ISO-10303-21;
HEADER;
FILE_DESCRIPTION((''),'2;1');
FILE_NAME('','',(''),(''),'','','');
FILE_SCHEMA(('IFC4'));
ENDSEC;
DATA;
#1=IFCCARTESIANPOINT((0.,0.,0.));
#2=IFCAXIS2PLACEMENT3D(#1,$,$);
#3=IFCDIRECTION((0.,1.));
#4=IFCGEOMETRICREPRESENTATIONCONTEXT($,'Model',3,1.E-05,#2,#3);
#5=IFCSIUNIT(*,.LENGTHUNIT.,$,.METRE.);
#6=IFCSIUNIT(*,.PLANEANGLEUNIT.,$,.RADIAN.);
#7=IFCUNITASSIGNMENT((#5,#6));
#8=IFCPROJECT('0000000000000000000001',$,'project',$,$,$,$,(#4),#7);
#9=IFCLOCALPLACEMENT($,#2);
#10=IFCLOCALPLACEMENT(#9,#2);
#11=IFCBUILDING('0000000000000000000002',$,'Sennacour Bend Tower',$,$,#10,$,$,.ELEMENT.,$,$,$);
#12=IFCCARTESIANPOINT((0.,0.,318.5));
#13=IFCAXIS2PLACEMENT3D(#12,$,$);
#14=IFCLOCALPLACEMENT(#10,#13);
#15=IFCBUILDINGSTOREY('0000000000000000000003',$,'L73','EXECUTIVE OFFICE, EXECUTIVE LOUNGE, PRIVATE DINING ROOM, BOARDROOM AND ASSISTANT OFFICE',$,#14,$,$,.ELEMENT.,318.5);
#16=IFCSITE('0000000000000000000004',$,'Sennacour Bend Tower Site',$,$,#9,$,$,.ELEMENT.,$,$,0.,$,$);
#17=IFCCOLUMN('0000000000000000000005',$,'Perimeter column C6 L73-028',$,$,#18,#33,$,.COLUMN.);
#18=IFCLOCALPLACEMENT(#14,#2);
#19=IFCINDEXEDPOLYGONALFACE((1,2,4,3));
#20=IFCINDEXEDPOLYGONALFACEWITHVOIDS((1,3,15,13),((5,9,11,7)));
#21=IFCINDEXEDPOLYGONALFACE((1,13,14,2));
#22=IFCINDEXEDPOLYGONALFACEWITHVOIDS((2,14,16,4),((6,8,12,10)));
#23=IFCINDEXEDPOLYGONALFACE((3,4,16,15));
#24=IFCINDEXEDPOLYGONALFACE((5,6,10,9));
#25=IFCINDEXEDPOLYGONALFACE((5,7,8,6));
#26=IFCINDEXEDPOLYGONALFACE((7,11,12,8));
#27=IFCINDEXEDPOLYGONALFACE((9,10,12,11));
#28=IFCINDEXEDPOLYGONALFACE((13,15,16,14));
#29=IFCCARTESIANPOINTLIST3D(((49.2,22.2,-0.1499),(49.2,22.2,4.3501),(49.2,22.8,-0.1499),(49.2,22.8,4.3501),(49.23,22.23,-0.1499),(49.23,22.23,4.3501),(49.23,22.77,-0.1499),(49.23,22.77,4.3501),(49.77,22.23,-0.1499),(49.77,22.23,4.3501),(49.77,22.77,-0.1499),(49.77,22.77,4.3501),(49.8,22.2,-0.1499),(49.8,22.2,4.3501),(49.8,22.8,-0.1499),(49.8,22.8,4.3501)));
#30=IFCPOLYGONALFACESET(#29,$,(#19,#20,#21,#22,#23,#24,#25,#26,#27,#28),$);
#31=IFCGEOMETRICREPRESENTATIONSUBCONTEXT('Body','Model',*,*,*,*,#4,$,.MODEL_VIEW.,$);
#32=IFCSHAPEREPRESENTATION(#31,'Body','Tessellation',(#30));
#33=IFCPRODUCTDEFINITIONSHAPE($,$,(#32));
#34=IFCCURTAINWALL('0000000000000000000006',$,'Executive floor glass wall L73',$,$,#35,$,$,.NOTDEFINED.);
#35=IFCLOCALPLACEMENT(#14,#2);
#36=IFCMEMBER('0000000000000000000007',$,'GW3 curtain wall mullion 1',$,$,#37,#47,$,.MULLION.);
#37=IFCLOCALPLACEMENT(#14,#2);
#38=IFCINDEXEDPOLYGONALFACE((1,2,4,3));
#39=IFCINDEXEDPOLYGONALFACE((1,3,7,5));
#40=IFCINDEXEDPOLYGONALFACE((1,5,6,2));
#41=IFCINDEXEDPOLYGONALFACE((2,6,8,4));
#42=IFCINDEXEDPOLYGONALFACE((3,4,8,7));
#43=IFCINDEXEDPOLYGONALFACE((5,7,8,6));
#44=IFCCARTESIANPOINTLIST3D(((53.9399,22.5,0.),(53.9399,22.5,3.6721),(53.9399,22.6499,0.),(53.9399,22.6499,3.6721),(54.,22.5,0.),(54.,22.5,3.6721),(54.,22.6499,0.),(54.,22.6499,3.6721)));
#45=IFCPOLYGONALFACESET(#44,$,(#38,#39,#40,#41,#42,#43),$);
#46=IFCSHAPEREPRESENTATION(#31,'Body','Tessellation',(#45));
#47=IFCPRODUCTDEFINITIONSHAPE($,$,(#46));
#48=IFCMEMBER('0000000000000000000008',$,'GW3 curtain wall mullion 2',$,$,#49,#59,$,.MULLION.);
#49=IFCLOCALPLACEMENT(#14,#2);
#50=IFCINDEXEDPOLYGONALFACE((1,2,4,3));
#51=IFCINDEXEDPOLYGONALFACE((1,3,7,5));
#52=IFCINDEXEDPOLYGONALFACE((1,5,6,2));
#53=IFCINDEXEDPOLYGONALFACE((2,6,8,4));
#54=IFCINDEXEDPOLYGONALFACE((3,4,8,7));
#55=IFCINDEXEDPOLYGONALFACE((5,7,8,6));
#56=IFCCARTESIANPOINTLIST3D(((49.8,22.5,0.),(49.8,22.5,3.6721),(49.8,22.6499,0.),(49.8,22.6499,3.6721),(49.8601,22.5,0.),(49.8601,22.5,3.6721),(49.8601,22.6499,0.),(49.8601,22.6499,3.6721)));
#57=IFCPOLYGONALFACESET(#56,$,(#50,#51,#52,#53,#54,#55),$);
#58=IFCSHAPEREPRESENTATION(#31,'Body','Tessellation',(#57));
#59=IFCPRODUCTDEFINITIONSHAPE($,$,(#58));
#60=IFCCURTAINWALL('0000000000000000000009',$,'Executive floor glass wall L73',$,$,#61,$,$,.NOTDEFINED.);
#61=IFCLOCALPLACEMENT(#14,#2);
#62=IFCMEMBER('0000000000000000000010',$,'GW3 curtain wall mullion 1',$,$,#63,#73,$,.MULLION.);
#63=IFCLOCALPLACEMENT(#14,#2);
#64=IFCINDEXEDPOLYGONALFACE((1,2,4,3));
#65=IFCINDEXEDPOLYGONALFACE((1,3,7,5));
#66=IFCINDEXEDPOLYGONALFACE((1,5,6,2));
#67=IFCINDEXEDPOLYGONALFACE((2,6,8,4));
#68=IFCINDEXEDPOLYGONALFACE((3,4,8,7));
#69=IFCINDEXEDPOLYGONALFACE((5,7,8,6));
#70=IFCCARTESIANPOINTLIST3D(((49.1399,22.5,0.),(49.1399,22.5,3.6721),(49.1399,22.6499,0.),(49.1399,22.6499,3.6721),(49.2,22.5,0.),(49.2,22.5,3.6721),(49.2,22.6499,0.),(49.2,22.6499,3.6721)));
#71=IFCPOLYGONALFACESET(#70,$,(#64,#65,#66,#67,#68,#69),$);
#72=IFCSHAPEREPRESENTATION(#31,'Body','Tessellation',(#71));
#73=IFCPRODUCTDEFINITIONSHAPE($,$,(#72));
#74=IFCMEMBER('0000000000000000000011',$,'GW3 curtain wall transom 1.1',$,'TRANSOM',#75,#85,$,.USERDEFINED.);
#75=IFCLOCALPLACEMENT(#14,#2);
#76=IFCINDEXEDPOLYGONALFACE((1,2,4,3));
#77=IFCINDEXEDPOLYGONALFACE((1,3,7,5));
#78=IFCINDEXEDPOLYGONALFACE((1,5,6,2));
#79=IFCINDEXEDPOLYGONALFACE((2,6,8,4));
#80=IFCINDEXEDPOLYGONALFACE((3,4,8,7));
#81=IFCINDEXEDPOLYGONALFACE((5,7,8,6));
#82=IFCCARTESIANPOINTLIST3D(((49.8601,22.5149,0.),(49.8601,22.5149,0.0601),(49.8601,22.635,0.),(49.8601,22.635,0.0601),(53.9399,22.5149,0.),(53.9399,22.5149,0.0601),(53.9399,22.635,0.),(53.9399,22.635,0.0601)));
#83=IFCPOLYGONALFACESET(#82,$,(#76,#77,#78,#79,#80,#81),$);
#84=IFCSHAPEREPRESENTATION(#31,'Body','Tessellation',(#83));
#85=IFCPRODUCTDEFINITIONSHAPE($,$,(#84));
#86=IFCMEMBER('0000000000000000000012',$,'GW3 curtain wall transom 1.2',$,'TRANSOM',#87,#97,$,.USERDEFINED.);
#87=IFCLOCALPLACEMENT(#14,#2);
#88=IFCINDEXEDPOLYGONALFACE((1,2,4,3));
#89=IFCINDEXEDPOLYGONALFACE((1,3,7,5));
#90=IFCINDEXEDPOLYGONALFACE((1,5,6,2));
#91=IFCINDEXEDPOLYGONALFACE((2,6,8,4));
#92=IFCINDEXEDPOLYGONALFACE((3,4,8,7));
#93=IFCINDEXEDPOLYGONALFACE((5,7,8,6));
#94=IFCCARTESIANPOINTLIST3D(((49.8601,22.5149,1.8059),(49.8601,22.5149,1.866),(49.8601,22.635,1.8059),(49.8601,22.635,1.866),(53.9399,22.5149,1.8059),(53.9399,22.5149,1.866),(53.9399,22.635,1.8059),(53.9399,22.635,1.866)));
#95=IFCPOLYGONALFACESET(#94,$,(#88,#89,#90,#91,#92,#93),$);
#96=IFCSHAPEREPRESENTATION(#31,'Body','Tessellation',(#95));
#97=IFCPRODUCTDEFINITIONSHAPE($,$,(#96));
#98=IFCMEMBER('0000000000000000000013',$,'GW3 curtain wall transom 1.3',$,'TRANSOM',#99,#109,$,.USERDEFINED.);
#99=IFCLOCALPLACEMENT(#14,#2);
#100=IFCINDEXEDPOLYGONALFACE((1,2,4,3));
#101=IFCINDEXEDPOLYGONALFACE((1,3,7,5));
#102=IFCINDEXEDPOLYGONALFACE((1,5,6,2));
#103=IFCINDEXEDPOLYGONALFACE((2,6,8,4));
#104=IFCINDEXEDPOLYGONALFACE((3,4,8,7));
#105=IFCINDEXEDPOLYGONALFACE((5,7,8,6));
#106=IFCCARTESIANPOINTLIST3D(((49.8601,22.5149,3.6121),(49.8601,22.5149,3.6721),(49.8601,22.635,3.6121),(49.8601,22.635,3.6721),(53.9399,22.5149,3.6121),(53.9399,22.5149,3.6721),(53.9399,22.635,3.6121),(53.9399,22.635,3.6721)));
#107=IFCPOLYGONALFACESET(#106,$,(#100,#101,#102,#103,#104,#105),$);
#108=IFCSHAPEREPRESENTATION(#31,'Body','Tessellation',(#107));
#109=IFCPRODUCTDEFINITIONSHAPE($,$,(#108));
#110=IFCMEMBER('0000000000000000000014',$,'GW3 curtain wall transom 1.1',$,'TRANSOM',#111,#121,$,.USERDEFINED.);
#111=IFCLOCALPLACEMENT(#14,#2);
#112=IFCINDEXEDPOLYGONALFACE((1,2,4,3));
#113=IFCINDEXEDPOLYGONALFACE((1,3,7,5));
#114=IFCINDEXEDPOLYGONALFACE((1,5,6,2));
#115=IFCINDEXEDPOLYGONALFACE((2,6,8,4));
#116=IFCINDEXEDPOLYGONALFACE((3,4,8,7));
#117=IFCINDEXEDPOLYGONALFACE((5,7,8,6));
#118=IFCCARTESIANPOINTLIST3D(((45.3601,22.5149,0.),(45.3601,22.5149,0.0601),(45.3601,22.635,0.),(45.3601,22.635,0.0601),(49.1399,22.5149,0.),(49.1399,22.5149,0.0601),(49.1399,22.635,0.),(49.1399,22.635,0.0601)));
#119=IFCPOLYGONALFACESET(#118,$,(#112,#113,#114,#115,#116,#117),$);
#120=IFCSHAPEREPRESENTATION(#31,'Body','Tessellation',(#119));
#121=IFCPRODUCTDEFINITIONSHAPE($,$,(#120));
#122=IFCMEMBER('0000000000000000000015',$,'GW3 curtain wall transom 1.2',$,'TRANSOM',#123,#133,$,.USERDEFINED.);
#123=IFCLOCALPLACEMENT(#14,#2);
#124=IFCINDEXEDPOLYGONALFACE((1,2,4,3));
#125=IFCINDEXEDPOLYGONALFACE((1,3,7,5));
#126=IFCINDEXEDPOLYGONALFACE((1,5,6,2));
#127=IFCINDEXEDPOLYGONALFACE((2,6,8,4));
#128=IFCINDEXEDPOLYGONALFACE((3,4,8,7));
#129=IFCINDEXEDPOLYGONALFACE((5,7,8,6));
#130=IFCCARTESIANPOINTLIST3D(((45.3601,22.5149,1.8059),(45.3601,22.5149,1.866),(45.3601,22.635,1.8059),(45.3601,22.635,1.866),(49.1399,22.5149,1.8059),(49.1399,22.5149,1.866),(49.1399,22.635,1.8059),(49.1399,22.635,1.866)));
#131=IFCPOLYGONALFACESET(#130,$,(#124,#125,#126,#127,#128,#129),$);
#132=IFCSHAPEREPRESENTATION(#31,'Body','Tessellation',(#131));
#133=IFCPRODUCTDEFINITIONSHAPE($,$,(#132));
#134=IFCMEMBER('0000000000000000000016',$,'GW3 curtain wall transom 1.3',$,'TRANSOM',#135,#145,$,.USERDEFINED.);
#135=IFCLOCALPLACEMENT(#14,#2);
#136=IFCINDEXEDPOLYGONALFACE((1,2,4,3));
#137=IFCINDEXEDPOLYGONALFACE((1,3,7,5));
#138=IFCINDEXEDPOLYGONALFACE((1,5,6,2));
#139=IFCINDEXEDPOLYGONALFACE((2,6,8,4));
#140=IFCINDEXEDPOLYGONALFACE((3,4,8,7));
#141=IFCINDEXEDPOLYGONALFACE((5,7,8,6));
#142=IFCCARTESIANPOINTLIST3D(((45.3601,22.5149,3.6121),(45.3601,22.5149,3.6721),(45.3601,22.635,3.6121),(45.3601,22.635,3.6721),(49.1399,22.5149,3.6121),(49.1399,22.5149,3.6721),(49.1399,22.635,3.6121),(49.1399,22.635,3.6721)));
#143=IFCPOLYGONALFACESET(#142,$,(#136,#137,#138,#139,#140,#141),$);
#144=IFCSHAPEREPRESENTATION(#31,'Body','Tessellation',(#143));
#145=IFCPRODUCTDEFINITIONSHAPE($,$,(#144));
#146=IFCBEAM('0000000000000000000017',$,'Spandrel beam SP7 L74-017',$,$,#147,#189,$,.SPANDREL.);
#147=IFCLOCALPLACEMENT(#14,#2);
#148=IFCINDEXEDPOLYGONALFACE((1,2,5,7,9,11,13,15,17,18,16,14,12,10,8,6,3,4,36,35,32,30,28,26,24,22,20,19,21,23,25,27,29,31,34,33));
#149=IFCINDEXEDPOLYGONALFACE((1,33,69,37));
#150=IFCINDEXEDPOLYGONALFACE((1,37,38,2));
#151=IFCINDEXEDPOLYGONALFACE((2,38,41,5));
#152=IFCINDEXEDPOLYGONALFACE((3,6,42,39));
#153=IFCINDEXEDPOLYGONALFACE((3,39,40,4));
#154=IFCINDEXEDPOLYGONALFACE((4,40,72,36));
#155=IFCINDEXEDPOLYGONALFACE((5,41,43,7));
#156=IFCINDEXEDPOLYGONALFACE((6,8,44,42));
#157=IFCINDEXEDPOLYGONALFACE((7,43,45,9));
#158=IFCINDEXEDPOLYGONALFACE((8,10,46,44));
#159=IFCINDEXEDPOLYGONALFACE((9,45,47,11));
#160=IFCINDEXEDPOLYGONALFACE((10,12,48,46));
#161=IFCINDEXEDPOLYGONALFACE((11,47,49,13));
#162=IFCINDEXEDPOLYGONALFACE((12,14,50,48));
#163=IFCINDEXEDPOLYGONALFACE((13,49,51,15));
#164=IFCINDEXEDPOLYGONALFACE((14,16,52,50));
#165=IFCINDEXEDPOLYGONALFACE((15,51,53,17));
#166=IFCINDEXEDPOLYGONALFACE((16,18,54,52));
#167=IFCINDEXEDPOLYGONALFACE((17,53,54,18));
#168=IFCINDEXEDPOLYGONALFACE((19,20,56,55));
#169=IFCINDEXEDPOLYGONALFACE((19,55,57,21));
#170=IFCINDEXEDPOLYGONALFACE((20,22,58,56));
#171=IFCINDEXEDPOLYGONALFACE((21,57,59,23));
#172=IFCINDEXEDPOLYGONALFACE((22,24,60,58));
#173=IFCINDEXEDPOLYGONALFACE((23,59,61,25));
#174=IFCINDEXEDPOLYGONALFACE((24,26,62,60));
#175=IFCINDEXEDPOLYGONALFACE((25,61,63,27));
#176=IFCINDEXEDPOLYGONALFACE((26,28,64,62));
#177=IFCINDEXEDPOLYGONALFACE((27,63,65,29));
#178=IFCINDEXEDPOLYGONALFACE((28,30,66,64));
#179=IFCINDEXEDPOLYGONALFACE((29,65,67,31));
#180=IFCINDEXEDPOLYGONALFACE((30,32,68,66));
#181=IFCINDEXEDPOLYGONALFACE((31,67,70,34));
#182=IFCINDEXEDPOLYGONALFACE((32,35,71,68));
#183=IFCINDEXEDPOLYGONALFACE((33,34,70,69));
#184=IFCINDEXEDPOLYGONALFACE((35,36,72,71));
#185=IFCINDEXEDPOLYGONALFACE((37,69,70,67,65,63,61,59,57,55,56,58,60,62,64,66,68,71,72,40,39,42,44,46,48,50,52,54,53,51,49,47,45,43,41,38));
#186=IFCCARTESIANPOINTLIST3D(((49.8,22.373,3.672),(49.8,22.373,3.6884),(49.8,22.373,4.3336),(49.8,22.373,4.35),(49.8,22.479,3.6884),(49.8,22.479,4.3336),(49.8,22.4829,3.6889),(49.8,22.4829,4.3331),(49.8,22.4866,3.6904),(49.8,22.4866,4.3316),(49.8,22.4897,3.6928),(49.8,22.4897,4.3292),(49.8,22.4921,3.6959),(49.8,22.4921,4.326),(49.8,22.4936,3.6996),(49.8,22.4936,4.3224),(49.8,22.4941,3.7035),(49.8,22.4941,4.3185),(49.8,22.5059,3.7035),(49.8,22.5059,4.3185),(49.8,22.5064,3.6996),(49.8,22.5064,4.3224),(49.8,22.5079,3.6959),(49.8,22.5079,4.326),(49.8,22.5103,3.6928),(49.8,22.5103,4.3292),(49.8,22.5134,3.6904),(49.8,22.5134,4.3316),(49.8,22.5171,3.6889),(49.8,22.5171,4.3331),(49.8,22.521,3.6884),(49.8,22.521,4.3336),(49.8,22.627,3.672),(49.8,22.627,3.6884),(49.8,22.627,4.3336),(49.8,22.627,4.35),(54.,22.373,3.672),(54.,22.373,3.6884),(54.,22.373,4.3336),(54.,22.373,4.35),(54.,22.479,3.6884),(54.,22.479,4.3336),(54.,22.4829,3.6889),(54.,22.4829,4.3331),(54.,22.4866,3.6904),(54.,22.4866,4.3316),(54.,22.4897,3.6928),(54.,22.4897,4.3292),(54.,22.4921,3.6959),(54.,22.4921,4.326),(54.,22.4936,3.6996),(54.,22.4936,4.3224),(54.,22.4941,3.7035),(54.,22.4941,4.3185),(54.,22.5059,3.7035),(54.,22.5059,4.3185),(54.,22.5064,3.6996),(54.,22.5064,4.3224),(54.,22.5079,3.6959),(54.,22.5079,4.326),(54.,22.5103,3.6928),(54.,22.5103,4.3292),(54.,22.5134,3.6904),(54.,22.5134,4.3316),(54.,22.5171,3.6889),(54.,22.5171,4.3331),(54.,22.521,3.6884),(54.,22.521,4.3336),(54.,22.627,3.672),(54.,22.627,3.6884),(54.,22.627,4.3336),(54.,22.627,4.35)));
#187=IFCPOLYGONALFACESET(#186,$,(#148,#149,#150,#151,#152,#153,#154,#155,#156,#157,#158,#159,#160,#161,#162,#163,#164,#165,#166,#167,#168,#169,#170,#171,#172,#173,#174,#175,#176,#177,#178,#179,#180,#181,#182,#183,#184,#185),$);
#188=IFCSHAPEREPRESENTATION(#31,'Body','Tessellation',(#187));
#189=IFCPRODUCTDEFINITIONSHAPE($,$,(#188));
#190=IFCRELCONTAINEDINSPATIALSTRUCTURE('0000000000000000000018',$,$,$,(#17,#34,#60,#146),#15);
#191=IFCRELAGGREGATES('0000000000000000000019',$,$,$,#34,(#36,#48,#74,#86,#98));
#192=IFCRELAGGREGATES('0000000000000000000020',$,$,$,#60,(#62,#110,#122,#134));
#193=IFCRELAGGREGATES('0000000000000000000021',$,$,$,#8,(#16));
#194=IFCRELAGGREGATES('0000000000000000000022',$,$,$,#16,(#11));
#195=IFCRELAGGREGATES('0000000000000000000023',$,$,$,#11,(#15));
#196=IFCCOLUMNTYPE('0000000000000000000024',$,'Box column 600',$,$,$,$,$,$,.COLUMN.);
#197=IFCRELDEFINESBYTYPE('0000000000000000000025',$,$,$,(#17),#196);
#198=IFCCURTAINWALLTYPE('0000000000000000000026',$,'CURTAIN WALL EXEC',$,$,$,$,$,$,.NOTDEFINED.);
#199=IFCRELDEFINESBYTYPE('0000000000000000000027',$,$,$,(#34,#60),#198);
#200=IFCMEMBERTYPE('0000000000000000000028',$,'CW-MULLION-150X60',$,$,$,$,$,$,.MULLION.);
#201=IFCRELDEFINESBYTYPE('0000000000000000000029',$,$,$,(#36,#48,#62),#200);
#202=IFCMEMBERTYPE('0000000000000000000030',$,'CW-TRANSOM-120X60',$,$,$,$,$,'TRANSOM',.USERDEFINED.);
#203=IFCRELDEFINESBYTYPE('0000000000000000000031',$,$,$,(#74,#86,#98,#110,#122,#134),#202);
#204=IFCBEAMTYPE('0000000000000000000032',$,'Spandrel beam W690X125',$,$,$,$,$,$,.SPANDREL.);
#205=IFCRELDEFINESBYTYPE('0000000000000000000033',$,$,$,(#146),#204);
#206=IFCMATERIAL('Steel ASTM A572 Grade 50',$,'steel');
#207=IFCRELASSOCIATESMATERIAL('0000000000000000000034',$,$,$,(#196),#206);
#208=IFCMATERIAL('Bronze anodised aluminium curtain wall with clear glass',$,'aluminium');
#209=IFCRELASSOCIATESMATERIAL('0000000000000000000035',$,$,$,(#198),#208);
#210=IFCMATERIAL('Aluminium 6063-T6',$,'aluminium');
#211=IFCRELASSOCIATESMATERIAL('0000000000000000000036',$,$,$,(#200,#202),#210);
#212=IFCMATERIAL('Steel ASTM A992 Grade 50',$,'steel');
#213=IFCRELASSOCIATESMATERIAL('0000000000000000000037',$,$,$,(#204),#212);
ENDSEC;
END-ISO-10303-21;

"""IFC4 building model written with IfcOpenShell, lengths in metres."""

from ifc_helpers import new_model, si_unit, direction, frame, origin, origin_2d, place, context, subcontext, project, spatial, rectangle, hollow_rectangle, i_section, extrude, material, material_profile, profile_set, type_object, element, aggregate, save


model = new_model("IFC4")

# Units and contexts
model_context = context("Model", 3, precision=1e-05, world=origin(), true_north=direction((0.0, 1.0)))
body_context = subcontext(model_context, "Body", "Model", "MODEL_VIEW")
ifc_project = project(units=[si_unit("LENGTHUNIT", "METRE"), si_unit("PLANEANGLEUNIT", "RADIAN")], contexts=[model_context])

# Site, building, storey
site_placement = place(None, origin())
site = spatial("IfcSite", under=ifc_project, at=site_placement, Name="Sennacour Bend Tower Site", CompositionType="ELEMENT", RefElevation=0.0)
building_placement = place(site_placement, origin())
building = spatial("IfcBuilding", under=site, at=building_placement, Name="Sennacour Bend Tower", CompositionType="ELEMENT")
storey_placement = place(building_placement, frame((0.0, 0.0, 318.5)))
storey = spatial("IfcBuildingStorey", under=building, at=storey_placement, Name="L73", Description="EXECUTIVE OFFICE, EXECUTIVE LOUNGE, PRIVATE DINING ROOM, BOARDROOM AND ASSISTANT OFFICE", CompositionType="ELEMENT", Elevation=318.5)

# Column
ifc_material_1 = material(Name="Steel ASTM A572 Grade 50", Category="steel")
ifc_material_profile_1 = material_profile(ifc_material_1, hollow_rectangle(XDim=0.6001, YDim=0.6001, WallThickness=0.03, at=origin_2d()), Name="Steel ASTM A572 Grade 50", Category="steel")
ifc_profile_set_1 = profile_set([ifc_material_profile_1], Name="Steel ASTM A572 Grade 50")
column_type = type_object("IfcColumnType", Name="Box column 600", PredefinedType="COLUMN", material=ifc_profile_set_1)
column_placement = place(storey_placement, frame((49.5, 22.5, -0.1499), z_axis=(0.0, 0.0, 1.0), x_axis=(1.0, 0.0, 0.0)))
element("IfcColumn", 1, at=column_placement, inside=storey, type_object=column_type, Name="Perimeter column C6 L73-028", PredefinedType="COLUMN", context=body_context, shape_type="SweptSolid", body=[
    extrude(hollow_rectangle(XDim=0.6001, YDim=0.6001, WallThickness=0.03, at=origin_2d()), origin(), (0.0, 0.0, 1.0), 4.5),
])

# Curtain wall, members
ifc_material_2 = material(Name="Bronze anodised aluminium curtain wall with clear glass", Category="aluminium")
curtain_wall_type = type_object("IfcCurtainWallType", Name="CURTAIN WALL EXEC", PredefinedType="NOTDEFINED", material=ifc_material_2)
curtain_wall_1_placement = place(storey_placement, origin())
curtain_wall_1 = element("IfcCurtainWall", 2, at=curtain_wall_1_placement, inside=storey, type_object=curtain_wall_type, Name="Executive floor glass wall L73", PredefinedType="NOTDEFINED")
ifc_material_3 = material(Name="Aluminium 6063-T6", Category="aluminium")
ifc_material_profile_2 = material_profile(ifc_material_3, rectangle(XDim=0.1499, YDim=0.0601, at=origin_2d()), Name="Aluminium 6063-T6", Category="aluminium")
ifc_profile_set_2 = profile_set([ifc_material_profile_2], Name="Aluminium 6063-T6")
member_type_1 = type_object("IfcMemberType", Name="CW-MULLION-150X60", PredefinedType="MULLION", material=ifc_profile_set_2)
member_1_placement = place(storey_placement, frame((53.97, 22.575, 0.0), z_axis=(0.0, 0.0, 1.0), x_axis=(0.0, -1.0, 0.0)))
member_1 = element("IfcMember", 3, at=member_1_placement, type_object=member_type_1, Name="GW3 curtain wall mullion 1", PredefinedType="MULLION", context=body_context, shape_type="SweptSolid", body=[
    extrude(rectangle(XDim=0.1499, YDim=0.0601, at=origin_2d()), origin(), (0.0, 0.0, 1.0), 3.6721),
])
member_2_placement = place(storey_placement, frame((49.8301, 22.575, 0.0), z_axis=(0.0, 0.0, 1.0), x_axis=(0.0, -1.0, 0.0)))
member_2 = element("IfcMember", 4, at=member_2_placement, type_object=member_type_1, Name="GW3 curtain wall mullion 2", PredefinedType="MULLION", context=body_context, shape_type="SweptSolid", body=[
    extrude(rectangle(XDim=0.1499, YDim=0.0601, at=origin_2d()), origin(), (0.0, 0.0, 1.0), 3.6721),
])

# Curtain wall, member
curtain_wall_2_placement = place(storey_placement, origin())
curtain_wall_2 = element("IfcCurtainWall", 5, at=curtain_wall_2_placement, inside=storey, type_object=curtain_wall_type, Name="Executive floor glass wall L73", PredefinedType="NOTDEFINED")
member_3_placement = place(storey_placement, frame((49.1699, 22.575, 0.0), z_axis=(0.0, 0.0, 1.0), x_axis=(0.0, -1.0, 0.0)))
member_3 = element("IfcMember", 6, at=member_3_placement, type_object=member_type_1, Name="GW3 curtain wall mullion 1", PredefinedType="MULLION", context=body_context, shape_type="SweptSolid", body=[
    extrude(rectangle(XDim=0.1499, YDim=0.0601, at=origin_2d()), origin(), (0.0, 0.0, 1.0), 3.6721),
])

# Members
ifc_material_profile_3 = material_profile(ifc_material_3, rectangle(XDim=0.1201, YDim=0.0601, at=origin_2d()), Name="Aluminium 6063-T6", Category="aluminium")
ifc_profile_set_3 = profile_set([ifc_material_profile_3], Name="Aluminium 6063-T6")
member_type_2 = type_object("IfcMemberType", Name="CW-TRANSOM-120X60", ElementType="TRANSOM", PredefinedType="USERDEFINED", material=ifc_profile_set_3)
member_4_placement = place(storey_placement, frame((53.9399, 22.575, 0.03), z_axis=(-1.0, 0.0, 0.0), x_axis=(0.0, -1.0, 0.0)))
member_4 = element("IfcMember", 7, at=member_4_placement, type_object=member_type_2, Name="GW3 curtain wall transom 1.1", ObjectType="TRANSOM", PredefinedType="USERDEFINED", context=body_context, shape_type="SweptSolid", body=[
    extrude(rectangle(XDim=0.1201, YDim=0.0601, at=origin_2d()), origin(), (0.0, 0.0, 1.0), 4.0798),
])
member_5_placement = place(storey_placement, frame((53.9399, 22.575, 1.8359), z_axis=(-1.0, 0.0, 0.0), x_axis=(0.0, -1.0, 0.0)))
member_5 = element("IfcMember", 8, at=member_5_placement, type_object=member_type_2, Name="GW3 curtain wall transom 1.2", ObjectType="TRANSOM", PredefinedType="USERDEFINED", context=body_context, shape_type="SweptSolid", body=[
    extrude(rectangle(XDim=0.1201, YDim=0.0601, at=origin_2d()), origin(), (0.0, 0.0, 1.0), 4.0798),
])
member_6_placement = place(storey_placement, frame((53.9399, 22.575, 3.6421), z_axis=(-1.0, 0.0, 0.0), x_axis=(0.0, -1.0, 0.0)))
member_6 = element("IfcMember", 9, at=member_6_placement, type_object=member_type_2, Name="GW3 curtain wall transom 1.3", ObjectType="TRANSOM", PredefinedType="USERDEFINED", context=body_context, shape_type="SweptSolid", body=[
    extrude(rectangle(XDim=0.1201, YDim=0.0601, at=origin_2d()), origin(), (0.0, 0.0, 1.0), 4.0798),
])
member_7_placement = place(storey_placement, frame((49.1399, 22.575, 0.03), z_axis=(-1.0, 0.0, 0.0), x_axis=(0.0, -1.0, 0.0)))
member_7 = element("IfcMember", 10, at=member_7_placement, type_object=member_type_2, Name="GW3 curtain wall transom 1.1", ObjectType="TRANSOM", PredefinedType="USERDEFINED", context=body_context, shape_type="SweptSolid", body=[
    extrude(rectangle(XDim=0.1201, YDim=0.0601, at=origin_2d()), origin(), (0.0, 0.0, 1.0), 3.7798),
])
member_8_placement = place(storey_placement, frame((49.1399, 22.575, 1.8359), z_axis=(-1.0, 0.0, 0.0), x_axis=(0.0, -1.0, 0.0)))
member_8 = element("IfcMember", 11, at=member_8_placement, type_object=member_type_2, Name="GW3 curtain wall transom 1.2", ObjectType="TRANSOM", PredefinedType="USERDEFINED", context=body_context, shape_type="SweptSolid", body=[
    extrude(rectangle(XDim=0.1201, YDim=0.0601, at=origin_2d()), origin(), (0.0, 0.0, 1.0), 3.7798),
])
member_9_placement = place(storey_placement, frame((49.1399, 22.575, 3.6421), z_axis=(-1.0, 0.0, 0.0), x_axis=(0.0, -1.0, 0.0)))
member_9 = element("IfcMember", 12, at=member_9_placement, type_object=member_type_2, Name="GW3 curtain wall transom 1.3", ObjectType="TRANSOM", PredefinedType="USERDEFINED", context=body_context, shape_type="SweptSolid", body=[
    extrude(rectangle(XDim=0.1201, YDim=0.0601, at=origin_2d()), origin(), (0.0, 0.0, 1.0), 3.7798),
])

# Beam
ifc_material_4 = material(Name="Steel ASTM A992 Grade 50", Category="steel")
ifc_material_profile_4 = material_profile(ifc_material_4, i_section(OverallWidth=0.2539, OverallDepth=0.678, WebThickness=0.0117, FlangeThickness=0.0164, FilletRadius=0.0151, at=origin_2d()), Name="Steel ASTM A992 Grade 50", Category="steel")
ifc_profile_set_4 = profile_set([ifc_material_profile_4], Name="Steel ASTM A992 Grade 50")
beam_type = type_object("IfcBeamType", Name="Spandrel beam W690X125", PredefinedType="SPANDREL", material=ifc_profile_set_4)
beam_placement = place(storey_placement, frame((49.8, 22.5, 4.011), z_axis=(1.0, 0.0, 0.0), x_axis=(0.0, 1.0, 0.0)))
element("IfcBeam", 13, at=beam_placement, inside=storey, type_object=beam_type, Name="Spandrel beam SP7 L74-017", PredefinedType="SPANDREL", context=body_context, shape_type="SweptSolid", body=[
    extrude(i_section(OverallWidth=0.2539, OverallDepth=0.678, WebThickness=0.0117, FlangeThickness=0.0164, FilletRadius=0.0151, at=origin_2d()), origin(), (0.0, 0.0, 1.0), 4.2),
])

aggregate(curtain_wall_1, [member_1, member_2, member_4, member_5, member_6])
aggregate(curtain_wall_2, [member_3, member_7, member_8, member_9])

save(model, "model.ifc")
